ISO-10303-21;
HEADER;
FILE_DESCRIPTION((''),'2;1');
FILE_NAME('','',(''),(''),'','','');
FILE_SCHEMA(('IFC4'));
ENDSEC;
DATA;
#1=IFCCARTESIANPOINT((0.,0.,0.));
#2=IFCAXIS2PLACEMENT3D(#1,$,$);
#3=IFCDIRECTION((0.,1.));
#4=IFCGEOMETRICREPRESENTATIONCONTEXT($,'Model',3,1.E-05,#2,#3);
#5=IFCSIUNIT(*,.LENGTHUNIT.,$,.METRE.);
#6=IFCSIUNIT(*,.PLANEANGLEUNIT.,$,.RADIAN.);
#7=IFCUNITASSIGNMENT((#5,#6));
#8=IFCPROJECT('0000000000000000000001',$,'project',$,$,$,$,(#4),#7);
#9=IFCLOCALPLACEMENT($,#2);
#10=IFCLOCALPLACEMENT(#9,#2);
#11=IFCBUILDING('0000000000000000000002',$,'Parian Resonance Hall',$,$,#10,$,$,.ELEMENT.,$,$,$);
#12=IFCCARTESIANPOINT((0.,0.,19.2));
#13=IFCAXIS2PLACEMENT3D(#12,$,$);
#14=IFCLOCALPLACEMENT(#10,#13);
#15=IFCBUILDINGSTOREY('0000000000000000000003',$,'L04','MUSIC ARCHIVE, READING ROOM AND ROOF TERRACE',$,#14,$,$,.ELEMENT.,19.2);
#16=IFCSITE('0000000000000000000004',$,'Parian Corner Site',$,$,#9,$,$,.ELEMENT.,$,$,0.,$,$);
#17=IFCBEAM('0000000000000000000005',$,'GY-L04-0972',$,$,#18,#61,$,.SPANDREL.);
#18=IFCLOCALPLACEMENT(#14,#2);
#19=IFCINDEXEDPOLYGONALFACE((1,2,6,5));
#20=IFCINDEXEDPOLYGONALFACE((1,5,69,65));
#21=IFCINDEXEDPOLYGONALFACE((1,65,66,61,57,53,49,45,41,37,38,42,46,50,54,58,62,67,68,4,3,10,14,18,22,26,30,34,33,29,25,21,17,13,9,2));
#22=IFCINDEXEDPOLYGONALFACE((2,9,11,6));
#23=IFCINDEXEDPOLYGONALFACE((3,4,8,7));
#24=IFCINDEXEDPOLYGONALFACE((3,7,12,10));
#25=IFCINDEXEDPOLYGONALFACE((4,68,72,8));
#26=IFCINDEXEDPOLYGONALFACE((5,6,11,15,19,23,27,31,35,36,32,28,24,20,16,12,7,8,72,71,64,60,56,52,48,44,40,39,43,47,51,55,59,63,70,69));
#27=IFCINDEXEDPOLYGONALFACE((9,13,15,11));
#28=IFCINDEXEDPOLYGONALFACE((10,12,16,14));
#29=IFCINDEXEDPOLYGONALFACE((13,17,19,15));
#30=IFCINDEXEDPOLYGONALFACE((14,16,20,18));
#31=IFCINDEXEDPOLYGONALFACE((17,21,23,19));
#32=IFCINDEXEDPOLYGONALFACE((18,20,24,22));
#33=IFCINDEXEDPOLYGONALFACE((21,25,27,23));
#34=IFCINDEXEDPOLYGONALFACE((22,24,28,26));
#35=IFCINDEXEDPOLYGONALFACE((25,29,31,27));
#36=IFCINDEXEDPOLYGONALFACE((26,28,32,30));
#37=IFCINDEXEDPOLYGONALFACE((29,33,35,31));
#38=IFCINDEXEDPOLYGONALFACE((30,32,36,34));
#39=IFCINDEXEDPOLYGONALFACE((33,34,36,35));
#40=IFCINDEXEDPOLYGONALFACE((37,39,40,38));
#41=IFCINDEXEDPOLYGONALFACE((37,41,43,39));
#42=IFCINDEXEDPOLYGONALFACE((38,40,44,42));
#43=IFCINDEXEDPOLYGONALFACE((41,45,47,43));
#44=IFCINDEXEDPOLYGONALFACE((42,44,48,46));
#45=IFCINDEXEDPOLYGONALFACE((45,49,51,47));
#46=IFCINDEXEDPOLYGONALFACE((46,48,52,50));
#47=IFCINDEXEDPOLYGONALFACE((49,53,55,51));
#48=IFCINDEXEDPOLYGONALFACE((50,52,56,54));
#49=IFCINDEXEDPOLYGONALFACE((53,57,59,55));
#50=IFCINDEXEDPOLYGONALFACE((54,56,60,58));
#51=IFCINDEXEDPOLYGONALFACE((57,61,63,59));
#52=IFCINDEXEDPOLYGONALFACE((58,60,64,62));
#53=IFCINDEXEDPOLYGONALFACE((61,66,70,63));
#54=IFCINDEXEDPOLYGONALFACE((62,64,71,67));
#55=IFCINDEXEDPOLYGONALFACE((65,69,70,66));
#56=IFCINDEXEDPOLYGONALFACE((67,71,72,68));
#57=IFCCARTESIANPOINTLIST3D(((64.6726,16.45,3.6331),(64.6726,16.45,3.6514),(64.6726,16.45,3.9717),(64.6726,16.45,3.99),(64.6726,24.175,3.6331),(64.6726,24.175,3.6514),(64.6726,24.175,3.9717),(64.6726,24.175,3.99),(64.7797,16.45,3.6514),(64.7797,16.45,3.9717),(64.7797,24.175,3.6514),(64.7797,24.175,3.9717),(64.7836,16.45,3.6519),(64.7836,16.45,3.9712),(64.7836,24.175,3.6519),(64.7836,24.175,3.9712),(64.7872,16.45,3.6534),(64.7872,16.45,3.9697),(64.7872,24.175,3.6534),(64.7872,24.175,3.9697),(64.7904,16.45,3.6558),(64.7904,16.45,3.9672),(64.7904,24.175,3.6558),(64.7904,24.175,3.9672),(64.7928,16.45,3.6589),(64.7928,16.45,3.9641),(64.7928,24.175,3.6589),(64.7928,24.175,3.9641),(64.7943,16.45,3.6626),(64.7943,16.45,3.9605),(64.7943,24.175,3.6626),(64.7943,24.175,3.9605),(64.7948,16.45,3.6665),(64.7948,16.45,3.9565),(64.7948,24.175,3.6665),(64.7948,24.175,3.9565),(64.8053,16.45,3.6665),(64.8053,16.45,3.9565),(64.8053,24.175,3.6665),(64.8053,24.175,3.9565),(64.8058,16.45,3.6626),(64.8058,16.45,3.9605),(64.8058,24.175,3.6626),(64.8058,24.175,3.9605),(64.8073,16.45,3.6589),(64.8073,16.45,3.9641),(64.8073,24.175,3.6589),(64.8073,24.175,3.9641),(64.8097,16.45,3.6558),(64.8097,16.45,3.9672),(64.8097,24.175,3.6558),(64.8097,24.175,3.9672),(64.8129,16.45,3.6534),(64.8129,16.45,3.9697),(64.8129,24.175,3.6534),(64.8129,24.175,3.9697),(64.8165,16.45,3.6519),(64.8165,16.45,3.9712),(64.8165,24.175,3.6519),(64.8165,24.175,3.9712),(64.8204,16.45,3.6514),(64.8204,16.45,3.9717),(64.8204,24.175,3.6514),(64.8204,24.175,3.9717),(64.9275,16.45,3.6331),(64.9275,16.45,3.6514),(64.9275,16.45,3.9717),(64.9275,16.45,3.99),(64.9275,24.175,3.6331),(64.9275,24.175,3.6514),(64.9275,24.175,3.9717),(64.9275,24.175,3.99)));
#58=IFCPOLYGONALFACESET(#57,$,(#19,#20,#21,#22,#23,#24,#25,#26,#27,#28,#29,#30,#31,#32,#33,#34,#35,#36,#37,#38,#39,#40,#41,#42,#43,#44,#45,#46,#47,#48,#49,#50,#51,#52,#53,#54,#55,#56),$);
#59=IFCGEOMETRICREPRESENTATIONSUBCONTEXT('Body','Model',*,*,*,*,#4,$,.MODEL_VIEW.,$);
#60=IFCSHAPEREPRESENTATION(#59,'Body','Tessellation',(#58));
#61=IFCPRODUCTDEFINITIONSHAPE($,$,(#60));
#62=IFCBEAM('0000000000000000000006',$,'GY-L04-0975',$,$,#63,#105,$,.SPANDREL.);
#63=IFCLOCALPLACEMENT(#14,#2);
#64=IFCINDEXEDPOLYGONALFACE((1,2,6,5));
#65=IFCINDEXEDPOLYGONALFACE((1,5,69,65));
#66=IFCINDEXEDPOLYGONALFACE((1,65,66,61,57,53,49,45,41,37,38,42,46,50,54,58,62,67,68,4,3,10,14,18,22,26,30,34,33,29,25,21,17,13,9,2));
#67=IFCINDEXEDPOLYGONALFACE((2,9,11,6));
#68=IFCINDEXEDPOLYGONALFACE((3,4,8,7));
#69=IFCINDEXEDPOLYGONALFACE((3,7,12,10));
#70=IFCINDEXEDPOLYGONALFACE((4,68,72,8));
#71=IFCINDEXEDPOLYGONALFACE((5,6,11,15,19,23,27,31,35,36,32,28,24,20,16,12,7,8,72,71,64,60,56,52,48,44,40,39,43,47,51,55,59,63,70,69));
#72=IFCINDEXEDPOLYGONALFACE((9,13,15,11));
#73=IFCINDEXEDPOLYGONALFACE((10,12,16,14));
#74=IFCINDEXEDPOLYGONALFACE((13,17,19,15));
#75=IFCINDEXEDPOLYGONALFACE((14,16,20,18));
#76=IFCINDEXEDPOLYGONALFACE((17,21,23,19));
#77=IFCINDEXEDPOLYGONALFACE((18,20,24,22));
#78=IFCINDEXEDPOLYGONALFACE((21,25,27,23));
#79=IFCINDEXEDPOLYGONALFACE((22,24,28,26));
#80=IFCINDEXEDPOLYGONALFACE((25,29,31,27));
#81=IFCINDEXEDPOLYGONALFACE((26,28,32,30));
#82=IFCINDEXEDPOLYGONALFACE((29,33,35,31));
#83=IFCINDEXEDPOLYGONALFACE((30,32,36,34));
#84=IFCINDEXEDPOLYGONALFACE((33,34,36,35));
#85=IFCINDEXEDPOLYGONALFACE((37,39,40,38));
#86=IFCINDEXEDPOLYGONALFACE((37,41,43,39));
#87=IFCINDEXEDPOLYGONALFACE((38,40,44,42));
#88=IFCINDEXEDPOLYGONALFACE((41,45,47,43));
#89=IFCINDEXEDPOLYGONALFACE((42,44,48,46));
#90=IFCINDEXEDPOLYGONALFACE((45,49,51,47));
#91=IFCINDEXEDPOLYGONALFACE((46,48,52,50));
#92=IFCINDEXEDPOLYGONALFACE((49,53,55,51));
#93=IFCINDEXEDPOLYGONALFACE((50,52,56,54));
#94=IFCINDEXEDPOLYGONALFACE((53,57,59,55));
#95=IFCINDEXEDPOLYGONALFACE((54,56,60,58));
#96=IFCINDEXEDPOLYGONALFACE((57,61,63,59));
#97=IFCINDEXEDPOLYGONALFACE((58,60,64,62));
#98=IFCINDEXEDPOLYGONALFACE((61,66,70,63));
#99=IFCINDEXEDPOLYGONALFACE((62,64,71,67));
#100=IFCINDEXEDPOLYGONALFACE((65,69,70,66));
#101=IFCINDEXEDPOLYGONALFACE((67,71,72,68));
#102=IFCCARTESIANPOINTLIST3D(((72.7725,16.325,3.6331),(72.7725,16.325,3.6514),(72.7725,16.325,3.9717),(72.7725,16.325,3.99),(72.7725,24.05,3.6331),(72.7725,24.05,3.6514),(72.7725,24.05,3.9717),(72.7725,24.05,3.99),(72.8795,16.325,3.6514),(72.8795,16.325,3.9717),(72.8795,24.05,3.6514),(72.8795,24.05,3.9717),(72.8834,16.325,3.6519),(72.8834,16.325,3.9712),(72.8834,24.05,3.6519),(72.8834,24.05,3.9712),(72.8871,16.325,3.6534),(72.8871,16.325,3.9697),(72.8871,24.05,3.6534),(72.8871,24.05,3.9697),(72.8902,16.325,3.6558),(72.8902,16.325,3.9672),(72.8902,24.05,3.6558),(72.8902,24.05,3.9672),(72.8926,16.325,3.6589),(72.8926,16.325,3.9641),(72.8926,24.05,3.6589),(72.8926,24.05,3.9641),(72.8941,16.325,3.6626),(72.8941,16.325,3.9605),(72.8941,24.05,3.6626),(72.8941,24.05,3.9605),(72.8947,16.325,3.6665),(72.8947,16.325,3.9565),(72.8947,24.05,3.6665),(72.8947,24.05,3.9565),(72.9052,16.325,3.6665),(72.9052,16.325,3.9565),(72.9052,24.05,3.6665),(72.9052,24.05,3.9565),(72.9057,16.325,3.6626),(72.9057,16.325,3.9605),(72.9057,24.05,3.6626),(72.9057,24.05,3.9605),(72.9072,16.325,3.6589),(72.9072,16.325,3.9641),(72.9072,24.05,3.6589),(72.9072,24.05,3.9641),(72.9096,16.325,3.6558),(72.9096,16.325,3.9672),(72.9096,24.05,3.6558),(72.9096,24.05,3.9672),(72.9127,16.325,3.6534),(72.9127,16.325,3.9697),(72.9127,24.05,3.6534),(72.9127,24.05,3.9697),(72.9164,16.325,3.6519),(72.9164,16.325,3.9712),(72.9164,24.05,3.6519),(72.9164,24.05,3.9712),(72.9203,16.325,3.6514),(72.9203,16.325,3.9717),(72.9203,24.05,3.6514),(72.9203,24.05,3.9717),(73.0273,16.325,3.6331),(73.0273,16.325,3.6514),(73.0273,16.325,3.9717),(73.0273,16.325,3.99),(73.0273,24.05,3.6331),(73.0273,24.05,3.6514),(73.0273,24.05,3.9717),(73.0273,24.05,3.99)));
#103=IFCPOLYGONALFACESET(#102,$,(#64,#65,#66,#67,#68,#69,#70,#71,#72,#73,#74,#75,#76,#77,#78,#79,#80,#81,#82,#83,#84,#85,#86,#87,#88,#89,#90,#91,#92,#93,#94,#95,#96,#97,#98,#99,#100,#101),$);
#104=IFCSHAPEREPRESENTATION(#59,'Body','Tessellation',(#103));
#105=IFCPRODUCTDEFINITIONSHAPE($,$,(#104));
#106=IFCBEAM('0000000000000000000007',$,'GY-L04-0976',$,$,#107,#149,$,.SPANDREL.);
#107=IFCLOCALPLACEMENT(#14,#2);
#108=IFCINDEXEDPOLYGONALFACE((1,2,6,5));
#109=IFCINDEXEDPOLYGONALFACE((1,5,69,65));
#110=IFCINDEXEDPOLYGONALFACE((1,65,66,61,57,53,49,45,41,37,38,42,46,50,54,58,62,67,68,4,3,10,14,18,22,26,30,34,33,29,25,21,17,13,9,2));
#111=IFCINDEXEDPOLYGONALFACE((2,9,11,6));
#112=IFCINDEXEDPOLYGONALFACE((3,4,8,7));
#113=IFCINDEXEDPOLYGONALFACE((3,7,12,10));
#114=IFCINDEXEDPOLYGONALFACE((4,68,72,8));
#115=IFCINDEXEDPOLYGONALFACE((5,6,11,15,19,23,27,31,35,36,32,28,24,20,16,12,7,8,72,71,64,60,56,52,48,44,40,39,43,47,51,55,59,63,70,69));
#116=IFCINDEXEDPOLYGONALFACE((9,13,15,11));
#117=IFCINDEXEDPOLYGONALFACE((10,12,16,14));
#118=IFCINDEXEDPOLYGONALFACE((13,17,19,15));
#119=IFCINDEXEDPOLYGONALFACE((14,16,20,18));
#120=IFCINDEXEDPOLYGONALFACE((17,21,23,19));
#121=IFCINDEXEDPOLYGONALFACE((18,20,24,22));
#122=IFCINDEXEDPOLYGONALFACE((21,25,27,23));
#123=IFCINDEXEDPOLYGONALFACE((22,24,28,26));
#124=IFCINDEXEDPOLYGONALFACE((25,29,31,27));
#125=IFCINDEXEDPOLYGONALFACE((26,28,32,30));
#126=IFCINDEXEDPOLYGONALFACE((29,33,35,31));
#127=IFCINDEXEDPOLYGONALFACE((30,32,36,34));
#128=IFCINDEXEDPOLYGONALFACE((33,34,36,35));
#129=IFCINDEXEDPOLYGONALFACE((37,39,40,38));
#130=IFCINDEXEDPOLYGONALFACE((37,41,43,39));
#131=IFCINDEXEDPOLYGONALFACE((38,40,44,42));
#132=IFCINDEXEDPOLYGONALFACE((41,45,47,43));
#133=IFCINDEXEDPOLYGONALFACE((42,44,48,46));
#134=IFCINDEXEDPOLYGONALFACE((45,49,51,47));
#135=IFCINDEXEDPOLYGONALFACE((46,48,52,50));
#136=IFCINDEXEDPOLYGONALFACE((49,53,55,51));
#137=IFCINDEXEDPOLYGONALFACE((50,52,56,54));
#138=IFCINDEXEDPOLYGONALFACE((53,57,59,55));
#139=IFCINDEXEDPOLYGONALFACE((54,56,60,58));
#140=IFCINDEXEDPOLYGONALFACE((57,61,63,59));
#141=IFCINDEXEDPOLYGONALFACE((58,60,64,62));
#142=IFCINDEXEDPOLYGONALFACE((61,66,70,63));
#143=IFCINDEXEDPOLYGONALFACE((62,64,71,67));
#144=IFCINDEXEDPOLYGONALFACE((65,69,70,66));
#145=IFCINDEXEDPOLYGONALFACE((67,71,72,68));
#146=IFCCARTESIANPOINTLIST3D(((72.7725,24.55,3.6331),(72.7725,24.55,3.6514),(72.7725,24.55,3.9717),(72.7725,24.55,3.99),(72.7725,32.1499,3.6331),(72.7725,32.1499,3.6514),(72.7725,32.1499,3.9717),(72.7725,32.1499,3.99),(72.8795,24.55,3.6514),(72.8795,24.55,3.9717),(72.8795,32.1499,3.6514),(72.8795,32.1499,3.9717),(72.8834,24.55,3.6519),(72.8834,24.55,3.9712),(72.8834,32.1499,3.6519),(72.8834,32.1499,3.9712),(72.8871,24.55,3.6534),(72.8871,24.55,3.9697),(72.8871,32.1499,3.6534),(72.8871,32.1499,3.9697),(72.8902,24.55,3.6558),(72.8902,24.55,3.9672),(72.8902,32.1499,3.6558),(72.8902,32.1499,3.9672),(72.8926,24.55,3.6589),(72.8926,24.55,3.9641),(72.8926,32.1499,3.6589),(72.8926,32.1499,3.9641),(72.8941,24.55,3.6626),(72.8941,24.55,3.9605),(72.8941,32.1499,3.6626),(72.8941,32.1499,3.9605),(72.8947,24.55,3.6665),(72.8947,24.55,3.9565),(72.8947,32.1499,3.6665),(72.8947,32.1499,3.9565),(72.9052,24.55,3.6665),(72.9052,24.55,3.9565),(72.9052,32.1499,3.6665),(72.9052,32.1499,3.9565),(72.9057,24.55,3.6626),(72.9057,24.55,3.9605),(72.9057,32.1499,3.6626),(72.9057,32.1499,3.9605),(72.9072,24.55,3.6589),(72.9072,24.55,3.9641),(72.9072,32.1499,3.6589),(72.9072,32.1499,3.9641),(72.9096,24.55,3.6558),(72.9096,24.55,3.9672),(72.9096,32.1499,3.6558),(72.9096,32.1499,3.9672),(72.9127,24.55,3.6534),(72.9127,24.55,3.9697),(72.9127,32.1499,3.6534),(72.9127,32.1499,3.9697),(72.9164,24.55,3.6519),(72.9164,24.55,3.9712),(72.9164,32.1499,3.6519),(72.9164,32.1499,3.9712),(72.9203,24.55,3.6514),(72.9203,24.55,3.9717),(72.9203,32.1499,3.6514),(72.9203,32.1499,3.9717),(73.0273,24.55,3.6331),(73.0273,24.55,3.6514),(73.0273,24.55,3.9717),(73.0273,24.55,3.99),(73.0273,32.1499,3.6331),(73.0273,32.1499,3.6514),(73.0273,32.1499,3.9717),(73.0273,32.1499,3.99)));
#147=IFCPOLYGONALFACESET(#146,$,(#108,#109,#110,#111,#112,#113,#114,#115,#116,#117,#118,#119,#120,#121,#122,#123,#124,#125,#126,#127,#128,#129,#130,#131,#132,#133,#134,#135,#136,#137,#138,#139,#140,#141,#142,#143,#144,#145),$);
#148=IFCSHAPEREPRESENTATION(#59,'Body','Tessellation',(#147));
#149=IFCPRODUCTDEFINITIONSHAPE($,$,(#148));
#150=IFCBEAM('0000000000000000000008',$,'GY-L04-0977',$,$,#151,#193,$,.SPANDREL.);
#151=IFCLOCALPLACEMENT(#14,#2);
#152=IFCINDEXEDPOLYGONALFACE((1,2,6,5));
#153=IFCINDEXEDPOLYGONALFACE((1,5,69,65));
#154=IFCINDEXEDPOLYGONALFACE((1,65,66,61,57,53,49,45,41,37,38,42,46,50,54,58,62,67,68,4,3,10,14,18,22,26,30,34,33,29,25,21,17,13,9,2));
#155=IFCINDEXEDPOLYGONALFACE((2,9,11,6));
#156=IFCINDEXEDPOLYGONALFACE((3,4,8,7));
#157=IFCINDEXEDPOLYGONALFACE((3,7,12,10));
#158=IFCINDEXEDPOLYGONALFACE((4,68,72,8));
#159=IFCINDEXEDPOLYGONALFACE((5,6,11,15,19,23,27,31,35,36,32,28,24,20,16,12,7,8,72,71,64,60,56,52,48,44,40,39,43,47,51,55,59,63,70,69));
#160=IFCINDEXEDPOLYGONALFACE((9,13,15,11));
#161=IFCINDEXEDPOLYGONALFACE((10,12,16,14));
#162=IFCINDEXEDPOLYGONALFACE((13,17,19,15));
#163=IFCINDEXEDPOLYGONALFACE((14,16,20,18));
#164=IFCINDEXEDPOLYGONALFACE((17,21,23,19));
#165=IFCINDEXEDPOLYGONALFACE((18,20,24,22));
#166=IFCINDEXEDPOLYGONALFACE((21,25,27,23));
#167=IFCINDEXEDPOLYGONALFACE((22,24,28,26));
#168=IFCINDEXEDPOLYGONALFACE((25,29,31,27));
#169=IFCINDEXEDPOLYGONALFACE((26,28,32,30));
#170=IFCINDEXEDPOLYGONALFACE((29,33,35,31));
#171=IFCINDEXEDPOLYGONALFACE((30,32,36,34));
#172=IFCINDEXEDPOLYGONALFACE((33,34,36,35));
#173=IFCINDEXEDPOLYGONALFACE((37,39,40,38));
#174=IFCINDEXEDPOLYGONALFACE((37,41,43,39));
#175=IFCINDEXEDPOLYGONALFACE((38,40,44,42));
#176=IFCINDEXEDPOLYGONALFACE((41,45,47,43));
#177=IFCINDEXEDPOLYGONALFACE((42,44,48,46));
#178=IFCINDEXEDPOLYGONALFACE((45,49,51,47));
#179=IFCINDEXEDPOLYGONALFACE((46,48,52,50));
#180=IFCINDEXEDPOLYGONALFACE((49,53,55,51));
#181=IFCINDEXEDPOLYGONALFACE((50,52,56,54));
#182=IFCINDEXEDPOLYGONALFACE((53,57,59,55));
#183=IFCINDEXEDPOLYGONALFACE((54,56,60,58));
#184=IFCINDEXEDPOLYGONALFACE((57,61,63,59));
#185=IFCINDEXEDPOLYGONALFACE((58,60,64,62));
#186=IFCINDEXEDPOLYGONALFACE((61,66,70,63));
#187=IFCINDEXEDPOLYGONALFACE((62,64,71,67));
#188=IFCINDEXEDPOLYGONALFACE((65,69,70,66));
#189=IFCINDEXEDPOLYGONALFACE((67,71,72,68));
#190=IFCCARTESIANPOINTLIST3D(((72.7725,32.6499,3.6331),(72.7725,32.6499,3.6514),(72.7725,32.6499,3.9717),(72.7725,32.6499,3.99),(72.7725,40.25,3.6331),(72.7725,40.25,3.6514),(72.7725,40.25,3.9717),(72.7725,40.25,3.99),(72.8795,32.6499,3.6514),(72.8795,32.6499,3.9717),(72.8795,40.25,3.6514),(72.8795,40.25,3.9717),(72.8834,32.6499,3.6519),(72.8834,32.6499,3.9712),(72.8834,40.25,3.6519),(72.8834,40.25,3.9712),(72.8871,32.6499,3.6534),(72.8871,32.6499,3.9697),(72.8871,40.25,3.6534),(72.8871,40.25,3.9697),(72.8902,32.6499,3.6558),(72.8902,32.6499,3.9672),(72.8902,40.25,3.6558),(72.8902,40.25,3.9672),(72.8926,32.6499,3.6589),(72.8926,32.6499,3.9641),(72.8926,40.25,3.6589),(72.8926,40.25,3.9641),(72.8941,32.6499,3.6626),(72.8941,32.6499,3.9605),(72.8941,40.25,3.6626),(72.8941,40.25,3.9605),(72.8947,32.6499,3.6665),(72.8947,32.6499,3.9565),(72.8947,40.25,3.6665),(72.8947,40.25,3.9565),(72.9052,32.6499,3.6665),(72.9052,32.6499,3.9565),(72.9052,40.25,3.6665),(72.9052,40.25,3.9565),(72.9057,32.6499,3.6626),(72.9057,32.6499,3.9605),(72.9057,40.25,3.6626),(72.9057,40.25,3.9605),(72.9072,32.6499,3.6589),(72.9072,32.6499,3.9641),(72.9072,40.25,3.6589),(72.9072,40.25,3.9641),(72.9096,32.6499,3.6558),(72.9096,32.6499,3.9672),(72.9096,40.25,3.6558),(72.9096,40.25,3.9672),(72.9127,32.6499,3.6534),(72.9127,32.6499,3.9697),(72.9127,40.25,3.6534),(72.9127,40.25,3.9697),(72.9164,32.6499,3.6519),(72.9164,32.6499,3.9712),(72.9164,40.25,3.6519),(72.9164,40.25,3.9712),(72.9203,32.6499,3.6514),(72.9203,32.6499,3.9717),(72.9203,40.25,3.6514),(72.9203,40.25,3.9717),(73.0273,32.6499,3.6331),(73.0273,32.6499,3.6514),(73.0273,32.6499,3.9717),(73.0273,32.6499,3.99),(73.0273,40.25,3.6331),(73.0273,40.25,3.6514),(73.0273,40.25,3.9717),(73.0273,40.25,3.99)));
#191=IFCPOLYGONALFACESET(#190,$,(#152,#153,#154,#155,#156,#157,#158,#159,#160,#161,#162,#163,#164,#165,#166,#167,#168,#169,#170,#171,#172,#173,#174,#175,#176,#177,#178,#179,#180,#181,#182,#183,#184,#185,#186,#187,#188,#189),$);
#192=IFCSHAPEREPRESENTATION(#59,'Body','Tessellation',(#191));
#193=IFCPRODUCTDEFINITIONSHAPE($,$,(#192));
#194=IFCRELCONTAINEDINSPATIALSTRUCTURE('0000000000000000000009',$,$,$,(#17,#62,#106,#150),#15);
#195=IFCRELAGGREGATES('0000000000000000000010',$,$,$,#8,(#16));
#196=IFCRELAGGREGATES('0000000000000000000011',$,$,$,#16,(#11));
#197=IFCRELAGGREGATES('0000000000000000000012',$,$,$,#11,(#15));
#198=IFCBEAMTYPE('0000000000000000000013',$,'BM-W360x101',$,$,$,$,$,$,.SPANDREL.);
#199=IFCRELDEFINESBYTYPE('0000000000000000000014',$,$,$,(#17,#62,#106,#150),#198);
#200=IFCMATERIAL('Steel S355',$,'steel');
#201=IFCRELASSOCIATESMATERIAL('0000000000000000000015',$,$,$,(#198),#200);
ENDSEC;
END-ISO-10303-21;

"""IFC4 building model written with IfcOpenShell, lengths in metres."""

from ifc_helpers import new_model, si_unit, direction, frame, origin, origin_2d, place, context, subcontext, project, spatial, i_section, extrude, material, material_profile, profile_set, type_object, element, save


model = new_model("IFC4")

# Units and contexts
model_context = context("Model", 3, precision=1e-05, world=origin(), true_north=direction((0.0, 1.0)))
body_context = subcontext(model_context, "Body", "Model", "MODEL_VIEW")
ifc_project = project(units=[si_unit("LENGTHUNIT", "METRE"), si_unit("PLANEANGLEUNIT", "RADIAN")], contexts=[model_context])

# Site, building, storey
site_placement = place(None, origin())
site = spatial("IfcSite", under=ifc_project, at=site_placement, Name="Parian Corner Site", CompositionType="ELEMENT", RefElevation=0.0)
building_placement = place(site_placement, origin())
building = spatial("IfcBuilding", under=site, at=building_placement, Name="Parian Resonance Hall", CompositionType="ELEMENT")
storey_placement = place(building_placement, frame((0.0, 0.0, 19.2)))
storey = spatial("IfcBuildingStorey", under=building, at=storey_placement, Name="L04", Description="MUSIC ARCHIVE, READING ROOM AND ROOF TERRACE", CompositionType="ELEMENT", Elevation=19.2)

# Beams
ifc_material_1 = material(Name="Steel S355", Category="steel")
ifc_material_profile_1 = material_profile(ifc_material_1, i_section(OverallWidth=0.2549, OverallDepth=0.3569, WebThickness=0.0105, FlangeThickness=0.0183, FilletRadius=0.0151, at=origin_2d()), Name="W360x101")
ifc_profile_set_1 = profile_set([ifc_material_profile_1], Name="Steel S355")
beam_type_1 = type_object("IfcBeamType", Name="BM-W360x101", PredefinedType="SPANDREL", material=ifc_profile_set_1)
for number, where, z_axis, x_axis, name in (
    (1, (64.8, 16.45, 3.8115), (0.0, 1.0, 0.0), (-1.0, 0.0, 0.0), "GY-L04-0972"),
    (2, (72.8999, 16.325, 3.8115), (0.0, 1.0, 0.0), (-1.0, 0.0, 0.0), "GY-L04-0975"),
):
    element("IfcBeam", number, at=place(storey_placement, frame(where, z_axis=z_axis, x_axis=x_axis)), inside=storey, type_object=beam_type_1, Name=name, PredefinedType="SPANDREL", context=body_context, shape_type="SweptSolid", body=[
        extrude(i_section(OverallWidth=0.2549, OverallDepth=0.3569, WebThickness=0.0105, FlangeThickness=0.0183, FilletRadius=0.0151, at=origin_2d()), origin(), (0.0, 0.0, 1.0), 7.7251),
    ])
beam_1_placement = place(storey_placement, frame((72.8999, 24.55, 3.8115), z_axis=(0.0, 1.0, 0.0), x_axis=(-1.0, 0.0, 0.0)))
element("IfcBeam", 3, at=beam_1_placement, inside=storey, type_object=beam_type_1, Name="GY-L04-0976", PredefinedType="SPANDREL", context=body_context, shape_type="SweptSolid", body=[
    extrude(i_section(OverallWidth=0.2549, OverallDepth=0.3569, WebThickness=0.0105, FlangeThickness=0.0183, FilletRadius=0.0151, at=origin_2d()), origin(), (0.0, 0.0, 1.0), 7.5999),
])
beam_2_placement = place(storey_placement, frame((72.8999, 32.6499, 3.8115), z_axis=(0.0, 1.0, 0.0), x_axis=(-1.0, 0.0, 0.0)))
element("IfcBeam", 4, at=beam_2_placement, inside=storey, type_object=beam_type_1, Name="GY-L04-0977", PredefinedType="SPANDREL", context=body_context, shape_type="SweptSolid", body=[
    extrude(i_section(OverallWidth=0.2549, OverallDepth=0.3569, WebThickness=0.0105, FlangeThickness=0.0183, FilletRadius=0.0151, at=origin_2d()), origin(), (0.0, 0.0, 1.0), 7.6001),
])

save(model, "model.ifc")
